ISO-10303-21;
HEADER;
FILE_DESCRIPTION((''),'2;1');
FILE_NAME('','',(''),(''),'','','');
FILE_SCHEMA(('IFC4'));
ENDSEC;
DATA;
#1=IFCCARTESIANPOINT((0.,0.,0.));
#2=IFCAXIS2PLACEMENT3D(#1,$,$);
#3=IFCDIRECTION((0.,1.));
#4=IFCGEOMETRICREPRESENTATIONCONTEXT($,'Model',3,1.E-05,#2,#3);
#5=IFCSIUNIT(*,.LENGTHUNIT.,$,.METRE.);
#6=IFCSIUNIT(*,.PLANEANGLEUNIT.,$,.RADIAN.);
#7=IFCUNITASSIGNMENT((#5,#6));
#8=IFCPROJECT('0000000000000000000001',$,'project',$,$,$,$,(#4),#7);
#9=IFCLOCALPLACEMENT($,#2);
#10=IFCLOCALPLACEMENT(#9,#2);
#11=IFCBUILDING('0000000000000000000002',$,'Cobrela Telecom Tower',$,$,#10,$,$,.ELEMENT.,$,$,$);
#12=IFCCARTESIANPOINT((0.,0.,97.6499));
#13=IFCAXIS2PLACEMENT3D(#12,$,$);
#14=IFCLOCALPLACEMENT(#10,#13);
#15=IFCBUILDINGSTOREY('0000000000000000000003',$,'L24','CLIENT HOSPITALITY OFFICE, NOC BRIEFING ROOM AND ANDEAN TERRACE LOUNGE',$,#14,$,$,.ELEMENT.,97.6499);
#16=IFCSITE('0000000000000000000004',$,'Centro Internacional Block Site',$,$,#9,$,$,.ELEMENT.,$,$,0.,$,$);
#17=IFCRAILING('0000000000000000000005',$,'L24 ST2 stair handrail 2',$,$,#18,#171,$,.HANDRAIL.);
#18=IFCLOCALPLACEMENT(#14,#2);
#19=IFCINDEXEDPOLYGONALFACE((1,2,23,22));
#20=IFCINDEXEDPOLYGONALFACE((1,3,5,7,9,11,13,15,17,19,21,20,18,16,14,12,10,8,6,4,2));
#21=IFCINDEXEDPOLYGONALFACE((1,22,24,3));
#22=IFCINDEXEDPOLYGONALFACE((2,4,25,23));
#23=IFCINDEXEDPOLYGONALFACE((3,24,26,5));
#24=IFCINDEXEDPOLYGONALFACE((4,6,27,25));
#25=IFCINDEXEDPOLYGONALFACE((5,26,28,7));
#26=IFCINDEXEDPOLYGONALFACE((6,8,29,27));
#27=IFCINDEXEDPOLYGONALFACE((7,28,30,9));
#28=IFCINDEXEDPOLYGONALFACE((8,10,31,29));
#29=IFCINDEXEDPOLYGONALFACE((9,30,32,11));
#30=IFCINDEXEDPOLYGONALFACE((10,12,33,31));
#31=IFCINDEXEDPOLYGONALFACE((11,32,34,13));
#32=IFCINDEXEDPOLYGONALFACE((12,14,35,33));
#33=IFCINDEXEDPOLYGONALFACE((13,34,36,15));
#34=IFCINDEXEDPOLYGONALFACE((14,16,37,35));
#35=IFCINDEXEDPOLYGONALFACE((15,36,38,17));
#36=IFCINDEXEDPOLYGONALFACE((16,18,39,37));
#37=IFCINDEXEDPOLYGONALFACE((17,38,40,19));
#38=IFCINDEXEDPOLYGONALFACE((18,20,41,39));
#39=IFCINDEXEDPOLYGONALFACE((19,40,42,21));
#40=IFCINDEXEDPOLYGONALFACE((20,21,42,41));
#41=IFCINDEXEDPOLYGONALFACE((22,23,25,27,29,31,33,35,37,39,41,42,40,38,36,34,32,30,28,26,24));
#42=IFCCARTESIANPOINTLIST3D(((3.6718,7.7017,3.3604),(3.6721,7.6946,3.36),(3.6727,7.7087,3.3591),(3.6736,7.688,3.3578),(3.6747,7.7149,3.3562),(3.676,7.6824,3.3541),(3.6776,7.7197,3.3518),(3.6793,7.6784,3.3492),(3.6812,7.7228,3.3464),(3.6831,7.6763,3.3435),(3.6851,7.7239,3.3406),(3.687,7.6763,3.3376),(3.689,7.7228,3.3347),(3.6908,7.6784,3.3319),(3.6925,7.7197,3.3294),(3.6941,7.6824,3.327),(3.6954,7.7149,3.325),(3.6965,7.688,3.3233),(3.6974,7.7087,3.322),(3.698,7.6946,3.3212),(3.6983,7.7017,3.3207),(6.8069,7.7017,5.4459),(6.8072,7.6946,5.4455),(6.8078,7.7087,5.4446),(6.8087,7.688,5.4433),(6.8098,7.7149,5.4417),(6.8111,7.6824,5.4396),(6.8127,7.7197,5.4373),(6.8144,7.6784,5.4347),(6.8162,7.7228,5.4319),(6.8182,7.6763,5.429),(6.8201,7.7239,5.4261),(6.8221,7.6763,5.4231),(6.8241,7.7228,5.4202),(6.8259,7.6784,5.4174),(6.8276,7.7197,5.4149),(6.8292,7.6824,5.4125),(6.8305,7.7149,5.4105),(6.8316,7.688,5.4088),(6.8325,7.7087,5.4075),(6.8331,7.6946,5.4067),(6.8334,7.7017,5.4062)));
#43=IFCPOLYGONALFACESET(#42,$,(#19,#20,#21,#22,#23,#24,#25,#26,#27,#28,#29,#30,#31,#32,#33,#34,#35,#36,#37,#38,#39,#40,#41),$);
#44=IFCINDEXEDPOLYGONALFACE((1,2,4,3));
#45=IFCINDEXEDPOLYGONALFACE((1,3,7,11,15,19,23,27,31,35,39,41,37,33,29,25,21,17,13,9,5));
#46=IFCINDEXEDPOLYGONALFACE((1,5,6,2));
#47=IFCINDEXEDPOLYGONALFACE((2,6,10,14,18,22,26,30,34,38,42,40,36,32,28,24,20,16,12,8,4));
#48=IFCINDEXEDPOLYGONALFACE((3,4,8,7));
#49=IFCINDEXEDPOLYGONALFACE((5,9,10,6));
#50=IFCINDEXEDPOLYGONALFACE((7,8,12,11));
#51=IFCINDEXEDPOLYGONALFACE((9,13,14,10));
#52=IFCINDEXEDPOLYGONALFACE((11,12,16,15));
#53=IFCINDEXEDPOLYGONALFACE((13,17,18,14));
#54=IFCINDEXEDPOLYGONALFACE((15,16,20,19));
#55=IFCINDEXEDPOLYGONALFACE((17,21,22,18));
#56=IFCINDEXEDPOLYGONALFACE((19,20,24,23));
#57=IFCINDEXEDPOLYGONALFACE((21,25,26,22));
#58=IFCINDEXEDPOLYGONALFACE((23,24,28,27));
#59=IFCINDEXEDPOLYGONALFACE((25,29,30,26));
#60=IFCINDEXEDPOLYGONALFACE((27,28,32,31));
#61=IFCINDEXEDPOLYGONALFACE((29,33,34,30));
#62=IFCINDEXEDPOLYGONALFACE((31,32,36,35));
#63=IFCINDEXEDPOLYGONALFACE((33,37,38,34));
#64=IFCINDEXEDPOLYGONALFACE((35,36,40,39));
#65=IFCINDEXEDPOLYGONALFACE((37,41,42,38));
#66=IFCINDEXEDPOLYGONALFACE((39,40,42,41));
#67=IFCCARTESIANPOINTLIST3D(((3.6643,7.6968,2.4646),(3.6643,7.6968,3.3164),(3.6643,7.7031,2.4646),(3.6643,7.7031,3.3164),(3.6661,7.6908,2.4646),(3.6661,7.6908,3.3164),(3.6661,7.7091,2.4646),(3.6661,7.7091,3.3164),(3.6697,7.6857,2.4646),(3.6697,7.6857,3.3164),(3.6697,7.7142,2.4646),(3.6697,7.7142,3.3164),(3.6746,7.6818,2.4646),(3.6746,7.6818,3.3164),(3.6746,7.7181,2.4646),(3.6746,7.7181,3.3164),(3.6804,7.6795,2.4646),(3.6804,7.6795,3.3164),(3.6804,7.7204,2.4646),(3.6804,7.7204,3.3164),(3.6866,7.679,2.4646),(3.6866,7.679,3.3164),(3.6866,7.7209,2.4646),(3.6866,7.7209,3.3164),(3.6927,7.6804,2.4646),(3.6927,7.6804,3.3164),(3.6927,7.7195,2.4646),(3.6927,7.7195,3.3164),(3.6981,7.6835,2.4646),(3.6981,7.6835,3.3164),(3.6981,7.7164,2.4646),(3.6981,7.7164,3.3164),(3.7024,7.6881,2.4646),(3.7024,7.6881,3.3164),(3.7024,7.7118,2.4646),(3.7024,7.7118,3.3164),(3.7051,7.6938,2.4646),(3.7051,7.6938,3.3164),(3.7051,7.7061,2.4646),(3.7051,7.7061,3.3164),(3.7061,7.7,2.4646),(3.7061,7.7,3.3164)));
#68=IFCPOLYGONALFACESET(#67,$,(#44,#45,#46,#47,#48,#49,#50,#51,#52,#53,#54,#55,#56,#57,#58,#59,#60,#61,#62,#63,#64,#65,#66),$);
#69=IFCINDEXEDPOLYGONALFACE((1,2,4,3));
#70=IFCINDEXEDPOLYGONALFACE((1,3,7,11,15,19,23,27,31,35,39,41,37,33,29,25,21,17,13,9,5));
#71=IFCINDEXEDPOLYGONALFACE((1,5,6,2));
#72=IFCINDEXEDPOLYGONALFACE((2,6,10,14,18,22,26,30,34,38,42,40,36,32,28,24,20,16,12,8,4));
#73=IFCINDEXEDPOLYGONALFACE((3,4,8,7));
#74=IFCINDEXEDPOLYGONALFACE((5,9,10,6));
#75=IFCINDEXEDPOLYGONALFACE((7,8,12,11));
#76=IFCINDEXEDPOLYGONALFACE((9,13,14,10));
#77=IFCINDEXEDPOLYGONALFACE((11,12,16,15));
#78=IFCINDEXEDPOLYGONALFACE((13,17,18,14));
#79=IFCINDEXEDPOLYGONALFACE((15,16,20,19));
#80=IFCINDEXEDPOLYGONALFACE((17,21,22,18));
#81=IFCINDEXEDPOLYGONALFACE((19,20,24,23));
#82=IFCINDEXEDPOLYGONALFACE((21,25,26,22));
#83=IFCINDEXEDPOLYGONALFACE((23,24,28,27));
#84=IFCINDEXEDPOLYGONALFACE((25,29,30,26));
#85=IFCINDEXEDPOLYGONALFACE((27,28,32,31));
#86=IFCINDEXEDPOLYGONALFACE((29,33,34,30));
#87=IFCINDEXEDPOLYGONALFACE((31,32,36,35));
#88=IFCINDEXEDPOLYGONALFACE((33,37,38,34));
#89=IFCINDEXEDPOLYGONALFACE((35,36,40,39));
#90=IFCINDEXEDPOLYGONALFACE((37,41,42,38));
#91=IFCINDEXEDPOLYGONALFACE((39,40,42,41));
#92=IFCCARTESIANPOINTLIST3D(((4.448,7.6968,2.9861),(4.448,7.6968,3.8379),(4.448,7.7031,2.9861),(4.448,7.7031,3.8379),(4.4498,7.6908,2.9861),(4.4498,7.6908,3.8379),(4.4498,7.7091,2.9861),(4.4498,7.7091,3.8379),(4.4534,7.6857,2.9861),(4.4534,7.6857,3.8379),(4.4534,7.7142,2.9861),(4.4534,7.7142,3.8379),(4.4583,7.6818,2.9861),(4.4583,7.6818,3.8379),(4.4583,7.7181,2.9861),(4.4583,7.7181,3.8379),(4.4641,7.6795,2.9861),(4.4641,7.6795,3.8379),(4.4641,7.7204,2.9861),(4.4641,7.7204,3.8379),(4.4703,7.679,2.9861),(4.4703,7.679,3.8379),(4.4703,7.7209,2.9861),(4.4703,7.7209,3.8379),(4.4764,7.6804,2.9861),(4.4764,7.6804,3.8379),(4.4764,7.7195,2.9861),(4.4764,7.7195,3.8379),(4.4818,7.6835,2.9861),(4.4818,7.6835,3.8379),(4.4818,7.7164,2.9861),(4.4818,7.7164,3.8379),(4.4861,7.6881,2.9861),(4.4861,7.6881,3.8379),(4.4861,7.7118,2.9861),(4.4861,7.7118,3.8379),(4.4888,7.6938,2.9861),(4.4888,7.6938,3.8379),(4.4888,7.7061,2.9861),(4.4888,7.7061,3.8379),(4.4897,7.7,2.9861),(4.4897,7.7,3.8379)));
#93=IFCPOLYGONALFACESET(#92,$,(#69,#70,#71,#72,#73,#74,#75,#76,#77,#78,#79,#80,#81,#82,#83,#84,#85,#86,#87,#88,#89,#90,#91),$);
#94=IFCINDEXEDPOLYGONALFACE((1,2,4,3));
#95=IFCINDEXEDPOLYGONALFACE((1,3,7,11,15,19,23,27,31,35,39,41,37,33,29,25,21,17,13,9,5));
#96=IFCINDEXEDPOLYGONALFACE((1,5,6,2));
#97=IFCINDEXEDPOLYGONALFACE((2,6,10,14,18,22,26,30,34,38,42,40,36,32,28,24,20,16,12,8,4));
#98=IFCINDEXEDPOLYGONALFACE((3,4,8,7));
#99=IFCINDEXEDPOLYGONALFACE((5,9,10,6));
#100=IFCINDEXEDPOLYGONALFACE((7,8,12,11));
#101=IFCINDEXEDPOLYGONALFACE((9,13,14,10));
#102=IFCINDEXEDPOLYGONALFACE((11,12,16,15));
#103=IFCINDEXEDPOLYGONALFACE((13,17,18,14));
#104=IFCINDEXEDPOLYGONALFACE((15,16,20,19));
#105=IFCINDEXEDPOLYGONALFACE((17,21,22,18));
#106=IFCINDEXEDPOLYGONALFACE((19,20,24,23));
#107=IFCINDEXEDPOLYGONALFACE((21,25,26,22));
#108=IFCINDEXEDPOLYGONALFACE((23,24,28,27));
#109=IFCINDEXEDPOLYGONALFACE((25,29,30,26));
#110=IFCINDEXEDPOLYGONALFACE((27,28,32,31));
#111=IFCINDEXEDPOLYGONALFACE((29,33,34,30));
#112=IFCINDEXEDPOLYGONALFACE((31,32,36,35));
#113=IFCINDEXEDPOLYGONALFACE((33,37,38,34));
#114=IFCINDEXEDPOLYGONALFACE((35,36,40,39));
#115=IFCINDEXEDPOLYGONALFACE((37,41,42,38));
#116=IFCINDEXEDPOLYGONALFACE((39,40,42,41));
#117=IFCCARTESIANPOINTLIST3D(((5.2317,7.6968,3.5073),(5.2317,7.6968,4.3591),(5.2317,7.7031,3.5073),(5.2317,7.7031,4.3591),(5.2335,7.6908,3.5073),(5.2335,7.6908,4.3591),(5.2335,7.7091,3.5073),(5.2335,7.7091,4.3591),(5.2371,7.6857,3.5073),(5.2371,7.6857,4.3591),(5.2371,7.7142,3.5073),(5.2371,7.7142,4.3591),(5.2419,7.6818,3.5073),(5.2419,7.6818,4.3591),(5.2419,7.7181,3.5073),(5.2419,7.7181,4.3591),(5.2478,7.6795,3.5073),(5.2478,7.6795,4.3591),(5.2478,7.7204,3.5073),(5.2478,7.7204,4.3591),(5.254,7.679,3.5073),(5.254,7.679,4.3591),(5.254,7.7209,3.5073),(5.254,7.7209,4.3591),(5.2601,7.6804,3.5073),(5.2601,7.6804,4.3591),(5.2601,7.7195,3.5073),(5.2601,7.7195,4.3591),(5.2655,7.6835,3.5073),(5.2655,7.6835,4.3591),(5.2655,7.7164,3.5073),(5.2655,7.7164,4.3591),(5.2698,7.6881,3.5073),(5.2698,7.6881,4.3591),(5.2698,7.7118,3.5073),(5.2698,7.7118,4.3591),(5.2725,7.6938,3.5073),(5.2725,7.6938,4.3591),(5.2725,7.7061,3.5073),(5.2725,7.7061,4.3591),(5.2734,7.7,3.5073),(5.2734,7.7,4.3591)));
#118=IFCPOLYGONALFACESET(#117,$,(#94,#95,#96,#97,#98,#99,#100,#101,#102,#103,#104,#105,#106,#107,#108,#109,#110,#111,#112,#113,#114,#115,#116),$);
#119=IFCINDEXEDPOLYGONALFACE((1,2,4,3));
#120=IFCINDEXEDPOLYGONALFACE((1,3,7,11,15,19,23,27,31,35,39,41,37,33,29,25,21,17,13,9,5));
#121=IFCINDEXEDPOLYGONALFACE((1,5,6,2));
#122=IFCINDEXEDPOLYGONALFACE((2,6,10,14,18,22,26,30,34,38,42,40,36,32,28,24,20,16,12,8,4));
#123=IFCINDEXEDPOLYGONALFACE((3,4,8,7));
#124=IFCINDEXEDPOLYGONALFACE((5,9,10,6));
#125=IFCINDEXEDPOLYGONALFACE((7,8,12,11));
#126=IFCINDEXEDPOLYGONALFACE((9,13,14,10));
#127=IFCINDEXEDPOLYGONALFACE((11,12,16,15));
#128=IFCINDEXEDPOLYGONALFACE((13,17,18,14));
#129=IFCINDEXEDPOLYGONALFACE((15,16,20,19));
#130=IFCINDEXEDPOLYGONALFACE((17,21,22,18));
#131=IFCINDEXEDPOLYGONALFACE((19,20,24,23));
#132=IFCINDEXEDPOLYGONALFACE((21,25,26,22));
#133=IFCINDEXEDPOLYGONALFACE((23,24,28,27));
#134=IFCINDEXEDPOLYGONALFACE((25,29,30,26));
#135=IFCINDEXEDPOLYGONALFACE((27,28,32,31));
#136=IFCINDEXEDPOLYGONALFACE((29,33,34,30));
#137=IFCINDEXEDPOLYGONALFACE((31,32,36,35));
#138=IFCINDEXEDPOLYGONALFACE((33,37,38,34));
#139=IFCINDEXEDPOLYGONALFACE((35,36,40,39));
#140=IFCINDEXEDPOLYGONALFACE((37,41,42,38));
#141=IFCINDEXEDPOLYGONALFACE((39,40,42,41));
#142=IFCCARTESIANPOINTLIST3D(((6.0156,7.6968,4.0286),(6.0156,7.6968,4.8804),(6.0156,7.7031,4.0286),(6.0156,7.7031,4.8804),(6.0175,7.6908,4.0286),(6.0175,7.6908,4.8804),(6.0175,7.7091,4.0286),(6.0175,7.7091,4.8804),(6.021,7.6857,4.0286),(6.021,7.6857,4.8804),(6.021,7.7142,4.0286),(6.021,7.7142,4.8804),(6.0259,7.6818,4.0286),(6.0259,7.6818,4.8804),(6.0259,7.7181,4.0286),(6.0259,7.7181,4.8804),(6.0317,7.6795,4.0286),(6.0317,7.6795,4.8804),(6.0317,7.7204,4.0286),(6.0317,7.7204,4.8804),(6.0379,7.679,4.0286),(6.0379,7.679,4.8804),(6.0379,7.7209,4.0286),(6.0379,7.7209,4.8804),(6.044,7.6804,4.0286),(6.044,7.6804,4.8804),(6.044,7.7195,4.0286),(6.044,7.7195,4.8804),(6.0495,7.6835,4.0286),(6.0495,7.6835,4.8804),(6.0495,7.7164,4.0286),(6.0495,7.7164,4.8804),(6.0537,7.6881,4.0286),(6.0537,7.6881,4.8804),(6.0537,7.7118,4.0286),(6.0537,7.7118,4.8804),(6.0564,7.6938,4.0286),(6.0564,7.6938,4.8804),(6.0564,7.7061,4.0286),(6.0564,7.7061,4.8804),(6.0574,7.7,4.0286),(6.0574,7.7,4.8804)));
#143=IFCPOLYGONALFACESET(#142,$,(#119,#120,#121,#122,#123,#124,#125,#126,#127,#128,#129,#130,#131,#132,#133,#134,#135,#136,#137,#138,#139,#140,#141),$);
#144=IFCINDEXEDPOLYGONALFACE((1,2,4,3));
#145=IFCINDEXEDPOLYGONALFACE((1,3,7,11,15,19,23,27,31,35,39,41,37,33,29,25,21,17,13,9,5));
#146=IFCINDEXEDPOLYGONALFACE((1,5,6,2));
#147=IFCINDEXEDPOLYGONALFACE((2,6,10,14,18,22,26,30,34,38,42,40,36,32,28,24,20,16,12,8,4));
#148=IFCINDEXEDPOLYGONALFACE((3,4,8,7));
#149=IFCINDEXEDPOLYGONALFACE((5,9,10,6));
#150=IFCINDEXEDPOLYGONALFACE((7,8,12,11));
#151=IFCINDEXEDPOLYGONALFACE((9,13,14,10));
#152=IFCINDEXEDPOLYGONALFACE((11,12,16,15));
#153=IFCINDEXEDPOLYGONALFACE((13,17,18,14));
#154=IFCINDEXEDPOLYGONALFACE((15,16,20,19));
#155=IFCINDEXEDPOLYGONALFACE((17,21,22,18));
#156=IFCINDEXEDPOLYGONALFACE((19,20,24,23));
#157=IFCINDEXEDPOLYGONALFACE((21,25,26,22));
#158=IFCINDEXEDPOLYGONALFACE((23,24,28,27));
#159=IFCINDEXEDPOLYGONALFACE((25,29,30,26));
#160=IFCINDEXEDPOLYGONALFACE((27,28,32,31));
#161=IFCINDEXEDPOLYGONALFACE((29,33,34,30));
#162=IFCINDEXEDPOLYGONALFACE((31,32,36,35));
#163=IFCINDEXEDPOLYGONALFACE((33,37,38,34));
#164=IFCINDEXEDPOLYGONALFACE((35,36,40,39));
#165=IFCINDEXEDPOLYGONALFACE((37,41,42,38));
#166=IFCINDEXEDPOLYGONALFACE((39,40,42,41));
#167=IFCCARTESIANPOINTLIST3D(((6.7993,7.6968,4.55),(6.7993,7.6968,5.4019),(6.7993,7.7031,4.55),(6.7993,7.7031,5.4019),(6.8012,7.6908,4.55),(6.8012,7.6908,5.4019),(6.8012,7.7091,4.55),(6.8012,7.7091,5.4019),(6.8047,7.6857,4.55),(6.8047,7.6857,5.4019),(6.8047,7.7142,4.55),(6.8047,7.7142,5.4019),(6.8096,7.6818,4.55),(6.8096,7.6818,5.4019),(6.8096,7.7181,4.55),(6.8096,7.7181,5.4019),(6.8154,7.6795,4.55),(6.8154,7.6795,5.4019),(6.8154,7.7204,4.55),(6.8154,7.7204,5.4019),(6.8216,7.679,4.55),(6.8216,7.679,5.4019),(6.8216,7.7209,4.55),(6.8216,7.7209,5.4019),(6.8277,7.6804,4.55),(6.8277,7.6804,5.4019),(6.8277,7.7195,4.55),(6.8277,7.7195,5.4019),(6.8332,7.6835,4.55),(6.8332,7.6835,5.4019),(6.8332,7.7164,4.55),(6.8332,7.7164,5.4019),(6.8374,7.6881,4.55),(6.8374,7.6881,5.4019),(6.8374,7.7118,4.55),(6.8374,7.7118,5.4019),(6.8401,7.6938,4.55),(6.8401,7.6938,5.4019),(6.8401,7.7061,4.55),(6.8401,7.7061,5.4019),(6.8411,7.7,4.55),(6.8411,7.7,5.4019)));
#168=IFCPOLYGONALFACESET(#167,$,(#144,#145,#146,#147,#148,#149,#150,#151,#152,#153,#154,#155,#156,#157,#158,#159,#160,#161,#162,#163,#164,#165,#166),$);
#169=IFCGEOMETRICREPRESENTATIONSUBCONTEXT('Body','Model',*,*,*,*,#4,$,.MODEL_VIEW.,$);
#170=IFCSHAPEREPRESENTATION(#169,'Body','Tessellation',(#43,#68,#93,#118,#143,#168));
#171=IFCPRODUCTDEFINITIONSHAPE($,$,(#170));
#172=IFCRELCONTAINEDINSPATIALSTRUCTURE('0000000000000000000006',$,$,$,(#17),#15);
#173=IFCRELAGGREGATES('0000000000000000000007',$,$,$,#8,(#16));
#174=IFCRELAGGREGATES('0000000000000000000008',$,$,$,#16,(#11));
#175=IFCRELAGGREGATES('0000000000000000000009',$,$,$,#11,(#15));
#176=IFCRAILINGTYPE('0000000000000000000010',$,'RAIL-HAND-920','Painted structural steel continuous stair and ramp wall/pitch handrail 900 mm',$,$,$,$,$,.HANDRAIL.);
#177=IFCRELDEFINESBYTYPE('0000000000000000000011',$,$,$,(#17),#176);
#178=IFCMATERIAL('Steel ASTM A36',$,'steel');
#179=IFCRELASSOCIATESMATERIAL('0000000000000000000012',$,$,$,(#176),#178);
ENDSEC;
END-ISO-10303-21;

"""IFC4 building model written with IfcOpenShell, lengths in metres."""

from ifc_helpers import new_model, si_unit, direction, frame, origin, origin_2d, place, context, subcontext, project, spatial, circle, extrude, material, type_object, element, save


model = new_model("IFC4")

# Units and contexts
model_context = context("Model", 3, precision=1e-05, world=origin(), true_north=direction((0.0, 1.0)))
body_context = subcontext(model_context, "Body", "Model", "MODEL_VIEW")
ifc_project = project(units=[si_unit("LENGTHUNIT", "METRE"), si_unit("PLANEANGLEUNIT", "RADIAN")], contexts=[model_context])

# Site, building, storey
site_placement = place(None, origin())
site = spatial("IfcSite", under=ifc_project, at=site_placement, Name="Centro Internacional Block Site", CompositionType="ELEMENT", RefElevation=0.0)
building_placement = place(site_placement, origin())
building = spatial("IfcBuilding", under=site, at=building_placement, Name="Cobrela Telecom Tower", CompositionType="ELEMENT")
storey_placement = place(building_placement, frame((0.0, 0.0, 97.6499)))
storey = spatial("IfcBuildingStorey", under=building, at=storey_placement, Name="L24", Description="CLIENT HOSPITALITY OFFICE, NOC BRIEFING ROOM AND ANDEAN TERRACE LOUNGE", CompositionType="ELEMENT", Elevation=97.6499)

# Railing
ifc_material_1 = material(Name="Steel ASTM A36", Category="steel")
railing_type = type_object("IfcRailingType", Name="RAIL-HAND-920", Description="Painted structural steel continuous stair and ramp wall/pitch handrail 900 mm", PredefinedType="HANDRAIL", material=ifc_material_1)
railing_placement = place(storey_placement, frame((3.6851, 7.7, 2.4646)))
element("IfcRailing", 1, at=railing_placement, inside=storey, type_object=railing_type, Name="L24 ST2 stair handrail 2", PredefinedType="HANDRAIL", context=body_context, shape_type="SweptSolid", body=[
    extrude(circle(Radius=0.0239, at=origin_2d()), frame((0.0, 0.0, 0.876), z_axis=(0.832608, 0.0, 0.553862), x_axis=(0.0, 1.0, 0.0)), (0.0, 0.0, 1.0), 3.7654),
    extrude(circle(Radius=0.021, at=origin_2d()), origin(), (0.0, 0.0, 1.0), 0.8518),
    extrude(circle(Radius=0.021, at=origin_2d()), frame((0.7837, 0.0, 0.5215)), (0.0, 0.0, 1.0), 0.8518),
    extrude(circle(Radius=0.021, at=origin_2d()), frame((1.5674, 0.0, 1.0427)), (0.0, 0.0, 1.0), 0.8518),
    extrude(circle(Radius=0.021, at=origin_2d()), frame((2.3513, 0.0, 1.564)), (0.0, 0.0, 1.0), 0.8518),
    extrude(circle(Radius=0.021, at=origin_2d()), frame((3.135, 0.0, 2.0854)), (0.0, 0.0, 1.0), 0.8518),
])

save(model, "model.ifc")
